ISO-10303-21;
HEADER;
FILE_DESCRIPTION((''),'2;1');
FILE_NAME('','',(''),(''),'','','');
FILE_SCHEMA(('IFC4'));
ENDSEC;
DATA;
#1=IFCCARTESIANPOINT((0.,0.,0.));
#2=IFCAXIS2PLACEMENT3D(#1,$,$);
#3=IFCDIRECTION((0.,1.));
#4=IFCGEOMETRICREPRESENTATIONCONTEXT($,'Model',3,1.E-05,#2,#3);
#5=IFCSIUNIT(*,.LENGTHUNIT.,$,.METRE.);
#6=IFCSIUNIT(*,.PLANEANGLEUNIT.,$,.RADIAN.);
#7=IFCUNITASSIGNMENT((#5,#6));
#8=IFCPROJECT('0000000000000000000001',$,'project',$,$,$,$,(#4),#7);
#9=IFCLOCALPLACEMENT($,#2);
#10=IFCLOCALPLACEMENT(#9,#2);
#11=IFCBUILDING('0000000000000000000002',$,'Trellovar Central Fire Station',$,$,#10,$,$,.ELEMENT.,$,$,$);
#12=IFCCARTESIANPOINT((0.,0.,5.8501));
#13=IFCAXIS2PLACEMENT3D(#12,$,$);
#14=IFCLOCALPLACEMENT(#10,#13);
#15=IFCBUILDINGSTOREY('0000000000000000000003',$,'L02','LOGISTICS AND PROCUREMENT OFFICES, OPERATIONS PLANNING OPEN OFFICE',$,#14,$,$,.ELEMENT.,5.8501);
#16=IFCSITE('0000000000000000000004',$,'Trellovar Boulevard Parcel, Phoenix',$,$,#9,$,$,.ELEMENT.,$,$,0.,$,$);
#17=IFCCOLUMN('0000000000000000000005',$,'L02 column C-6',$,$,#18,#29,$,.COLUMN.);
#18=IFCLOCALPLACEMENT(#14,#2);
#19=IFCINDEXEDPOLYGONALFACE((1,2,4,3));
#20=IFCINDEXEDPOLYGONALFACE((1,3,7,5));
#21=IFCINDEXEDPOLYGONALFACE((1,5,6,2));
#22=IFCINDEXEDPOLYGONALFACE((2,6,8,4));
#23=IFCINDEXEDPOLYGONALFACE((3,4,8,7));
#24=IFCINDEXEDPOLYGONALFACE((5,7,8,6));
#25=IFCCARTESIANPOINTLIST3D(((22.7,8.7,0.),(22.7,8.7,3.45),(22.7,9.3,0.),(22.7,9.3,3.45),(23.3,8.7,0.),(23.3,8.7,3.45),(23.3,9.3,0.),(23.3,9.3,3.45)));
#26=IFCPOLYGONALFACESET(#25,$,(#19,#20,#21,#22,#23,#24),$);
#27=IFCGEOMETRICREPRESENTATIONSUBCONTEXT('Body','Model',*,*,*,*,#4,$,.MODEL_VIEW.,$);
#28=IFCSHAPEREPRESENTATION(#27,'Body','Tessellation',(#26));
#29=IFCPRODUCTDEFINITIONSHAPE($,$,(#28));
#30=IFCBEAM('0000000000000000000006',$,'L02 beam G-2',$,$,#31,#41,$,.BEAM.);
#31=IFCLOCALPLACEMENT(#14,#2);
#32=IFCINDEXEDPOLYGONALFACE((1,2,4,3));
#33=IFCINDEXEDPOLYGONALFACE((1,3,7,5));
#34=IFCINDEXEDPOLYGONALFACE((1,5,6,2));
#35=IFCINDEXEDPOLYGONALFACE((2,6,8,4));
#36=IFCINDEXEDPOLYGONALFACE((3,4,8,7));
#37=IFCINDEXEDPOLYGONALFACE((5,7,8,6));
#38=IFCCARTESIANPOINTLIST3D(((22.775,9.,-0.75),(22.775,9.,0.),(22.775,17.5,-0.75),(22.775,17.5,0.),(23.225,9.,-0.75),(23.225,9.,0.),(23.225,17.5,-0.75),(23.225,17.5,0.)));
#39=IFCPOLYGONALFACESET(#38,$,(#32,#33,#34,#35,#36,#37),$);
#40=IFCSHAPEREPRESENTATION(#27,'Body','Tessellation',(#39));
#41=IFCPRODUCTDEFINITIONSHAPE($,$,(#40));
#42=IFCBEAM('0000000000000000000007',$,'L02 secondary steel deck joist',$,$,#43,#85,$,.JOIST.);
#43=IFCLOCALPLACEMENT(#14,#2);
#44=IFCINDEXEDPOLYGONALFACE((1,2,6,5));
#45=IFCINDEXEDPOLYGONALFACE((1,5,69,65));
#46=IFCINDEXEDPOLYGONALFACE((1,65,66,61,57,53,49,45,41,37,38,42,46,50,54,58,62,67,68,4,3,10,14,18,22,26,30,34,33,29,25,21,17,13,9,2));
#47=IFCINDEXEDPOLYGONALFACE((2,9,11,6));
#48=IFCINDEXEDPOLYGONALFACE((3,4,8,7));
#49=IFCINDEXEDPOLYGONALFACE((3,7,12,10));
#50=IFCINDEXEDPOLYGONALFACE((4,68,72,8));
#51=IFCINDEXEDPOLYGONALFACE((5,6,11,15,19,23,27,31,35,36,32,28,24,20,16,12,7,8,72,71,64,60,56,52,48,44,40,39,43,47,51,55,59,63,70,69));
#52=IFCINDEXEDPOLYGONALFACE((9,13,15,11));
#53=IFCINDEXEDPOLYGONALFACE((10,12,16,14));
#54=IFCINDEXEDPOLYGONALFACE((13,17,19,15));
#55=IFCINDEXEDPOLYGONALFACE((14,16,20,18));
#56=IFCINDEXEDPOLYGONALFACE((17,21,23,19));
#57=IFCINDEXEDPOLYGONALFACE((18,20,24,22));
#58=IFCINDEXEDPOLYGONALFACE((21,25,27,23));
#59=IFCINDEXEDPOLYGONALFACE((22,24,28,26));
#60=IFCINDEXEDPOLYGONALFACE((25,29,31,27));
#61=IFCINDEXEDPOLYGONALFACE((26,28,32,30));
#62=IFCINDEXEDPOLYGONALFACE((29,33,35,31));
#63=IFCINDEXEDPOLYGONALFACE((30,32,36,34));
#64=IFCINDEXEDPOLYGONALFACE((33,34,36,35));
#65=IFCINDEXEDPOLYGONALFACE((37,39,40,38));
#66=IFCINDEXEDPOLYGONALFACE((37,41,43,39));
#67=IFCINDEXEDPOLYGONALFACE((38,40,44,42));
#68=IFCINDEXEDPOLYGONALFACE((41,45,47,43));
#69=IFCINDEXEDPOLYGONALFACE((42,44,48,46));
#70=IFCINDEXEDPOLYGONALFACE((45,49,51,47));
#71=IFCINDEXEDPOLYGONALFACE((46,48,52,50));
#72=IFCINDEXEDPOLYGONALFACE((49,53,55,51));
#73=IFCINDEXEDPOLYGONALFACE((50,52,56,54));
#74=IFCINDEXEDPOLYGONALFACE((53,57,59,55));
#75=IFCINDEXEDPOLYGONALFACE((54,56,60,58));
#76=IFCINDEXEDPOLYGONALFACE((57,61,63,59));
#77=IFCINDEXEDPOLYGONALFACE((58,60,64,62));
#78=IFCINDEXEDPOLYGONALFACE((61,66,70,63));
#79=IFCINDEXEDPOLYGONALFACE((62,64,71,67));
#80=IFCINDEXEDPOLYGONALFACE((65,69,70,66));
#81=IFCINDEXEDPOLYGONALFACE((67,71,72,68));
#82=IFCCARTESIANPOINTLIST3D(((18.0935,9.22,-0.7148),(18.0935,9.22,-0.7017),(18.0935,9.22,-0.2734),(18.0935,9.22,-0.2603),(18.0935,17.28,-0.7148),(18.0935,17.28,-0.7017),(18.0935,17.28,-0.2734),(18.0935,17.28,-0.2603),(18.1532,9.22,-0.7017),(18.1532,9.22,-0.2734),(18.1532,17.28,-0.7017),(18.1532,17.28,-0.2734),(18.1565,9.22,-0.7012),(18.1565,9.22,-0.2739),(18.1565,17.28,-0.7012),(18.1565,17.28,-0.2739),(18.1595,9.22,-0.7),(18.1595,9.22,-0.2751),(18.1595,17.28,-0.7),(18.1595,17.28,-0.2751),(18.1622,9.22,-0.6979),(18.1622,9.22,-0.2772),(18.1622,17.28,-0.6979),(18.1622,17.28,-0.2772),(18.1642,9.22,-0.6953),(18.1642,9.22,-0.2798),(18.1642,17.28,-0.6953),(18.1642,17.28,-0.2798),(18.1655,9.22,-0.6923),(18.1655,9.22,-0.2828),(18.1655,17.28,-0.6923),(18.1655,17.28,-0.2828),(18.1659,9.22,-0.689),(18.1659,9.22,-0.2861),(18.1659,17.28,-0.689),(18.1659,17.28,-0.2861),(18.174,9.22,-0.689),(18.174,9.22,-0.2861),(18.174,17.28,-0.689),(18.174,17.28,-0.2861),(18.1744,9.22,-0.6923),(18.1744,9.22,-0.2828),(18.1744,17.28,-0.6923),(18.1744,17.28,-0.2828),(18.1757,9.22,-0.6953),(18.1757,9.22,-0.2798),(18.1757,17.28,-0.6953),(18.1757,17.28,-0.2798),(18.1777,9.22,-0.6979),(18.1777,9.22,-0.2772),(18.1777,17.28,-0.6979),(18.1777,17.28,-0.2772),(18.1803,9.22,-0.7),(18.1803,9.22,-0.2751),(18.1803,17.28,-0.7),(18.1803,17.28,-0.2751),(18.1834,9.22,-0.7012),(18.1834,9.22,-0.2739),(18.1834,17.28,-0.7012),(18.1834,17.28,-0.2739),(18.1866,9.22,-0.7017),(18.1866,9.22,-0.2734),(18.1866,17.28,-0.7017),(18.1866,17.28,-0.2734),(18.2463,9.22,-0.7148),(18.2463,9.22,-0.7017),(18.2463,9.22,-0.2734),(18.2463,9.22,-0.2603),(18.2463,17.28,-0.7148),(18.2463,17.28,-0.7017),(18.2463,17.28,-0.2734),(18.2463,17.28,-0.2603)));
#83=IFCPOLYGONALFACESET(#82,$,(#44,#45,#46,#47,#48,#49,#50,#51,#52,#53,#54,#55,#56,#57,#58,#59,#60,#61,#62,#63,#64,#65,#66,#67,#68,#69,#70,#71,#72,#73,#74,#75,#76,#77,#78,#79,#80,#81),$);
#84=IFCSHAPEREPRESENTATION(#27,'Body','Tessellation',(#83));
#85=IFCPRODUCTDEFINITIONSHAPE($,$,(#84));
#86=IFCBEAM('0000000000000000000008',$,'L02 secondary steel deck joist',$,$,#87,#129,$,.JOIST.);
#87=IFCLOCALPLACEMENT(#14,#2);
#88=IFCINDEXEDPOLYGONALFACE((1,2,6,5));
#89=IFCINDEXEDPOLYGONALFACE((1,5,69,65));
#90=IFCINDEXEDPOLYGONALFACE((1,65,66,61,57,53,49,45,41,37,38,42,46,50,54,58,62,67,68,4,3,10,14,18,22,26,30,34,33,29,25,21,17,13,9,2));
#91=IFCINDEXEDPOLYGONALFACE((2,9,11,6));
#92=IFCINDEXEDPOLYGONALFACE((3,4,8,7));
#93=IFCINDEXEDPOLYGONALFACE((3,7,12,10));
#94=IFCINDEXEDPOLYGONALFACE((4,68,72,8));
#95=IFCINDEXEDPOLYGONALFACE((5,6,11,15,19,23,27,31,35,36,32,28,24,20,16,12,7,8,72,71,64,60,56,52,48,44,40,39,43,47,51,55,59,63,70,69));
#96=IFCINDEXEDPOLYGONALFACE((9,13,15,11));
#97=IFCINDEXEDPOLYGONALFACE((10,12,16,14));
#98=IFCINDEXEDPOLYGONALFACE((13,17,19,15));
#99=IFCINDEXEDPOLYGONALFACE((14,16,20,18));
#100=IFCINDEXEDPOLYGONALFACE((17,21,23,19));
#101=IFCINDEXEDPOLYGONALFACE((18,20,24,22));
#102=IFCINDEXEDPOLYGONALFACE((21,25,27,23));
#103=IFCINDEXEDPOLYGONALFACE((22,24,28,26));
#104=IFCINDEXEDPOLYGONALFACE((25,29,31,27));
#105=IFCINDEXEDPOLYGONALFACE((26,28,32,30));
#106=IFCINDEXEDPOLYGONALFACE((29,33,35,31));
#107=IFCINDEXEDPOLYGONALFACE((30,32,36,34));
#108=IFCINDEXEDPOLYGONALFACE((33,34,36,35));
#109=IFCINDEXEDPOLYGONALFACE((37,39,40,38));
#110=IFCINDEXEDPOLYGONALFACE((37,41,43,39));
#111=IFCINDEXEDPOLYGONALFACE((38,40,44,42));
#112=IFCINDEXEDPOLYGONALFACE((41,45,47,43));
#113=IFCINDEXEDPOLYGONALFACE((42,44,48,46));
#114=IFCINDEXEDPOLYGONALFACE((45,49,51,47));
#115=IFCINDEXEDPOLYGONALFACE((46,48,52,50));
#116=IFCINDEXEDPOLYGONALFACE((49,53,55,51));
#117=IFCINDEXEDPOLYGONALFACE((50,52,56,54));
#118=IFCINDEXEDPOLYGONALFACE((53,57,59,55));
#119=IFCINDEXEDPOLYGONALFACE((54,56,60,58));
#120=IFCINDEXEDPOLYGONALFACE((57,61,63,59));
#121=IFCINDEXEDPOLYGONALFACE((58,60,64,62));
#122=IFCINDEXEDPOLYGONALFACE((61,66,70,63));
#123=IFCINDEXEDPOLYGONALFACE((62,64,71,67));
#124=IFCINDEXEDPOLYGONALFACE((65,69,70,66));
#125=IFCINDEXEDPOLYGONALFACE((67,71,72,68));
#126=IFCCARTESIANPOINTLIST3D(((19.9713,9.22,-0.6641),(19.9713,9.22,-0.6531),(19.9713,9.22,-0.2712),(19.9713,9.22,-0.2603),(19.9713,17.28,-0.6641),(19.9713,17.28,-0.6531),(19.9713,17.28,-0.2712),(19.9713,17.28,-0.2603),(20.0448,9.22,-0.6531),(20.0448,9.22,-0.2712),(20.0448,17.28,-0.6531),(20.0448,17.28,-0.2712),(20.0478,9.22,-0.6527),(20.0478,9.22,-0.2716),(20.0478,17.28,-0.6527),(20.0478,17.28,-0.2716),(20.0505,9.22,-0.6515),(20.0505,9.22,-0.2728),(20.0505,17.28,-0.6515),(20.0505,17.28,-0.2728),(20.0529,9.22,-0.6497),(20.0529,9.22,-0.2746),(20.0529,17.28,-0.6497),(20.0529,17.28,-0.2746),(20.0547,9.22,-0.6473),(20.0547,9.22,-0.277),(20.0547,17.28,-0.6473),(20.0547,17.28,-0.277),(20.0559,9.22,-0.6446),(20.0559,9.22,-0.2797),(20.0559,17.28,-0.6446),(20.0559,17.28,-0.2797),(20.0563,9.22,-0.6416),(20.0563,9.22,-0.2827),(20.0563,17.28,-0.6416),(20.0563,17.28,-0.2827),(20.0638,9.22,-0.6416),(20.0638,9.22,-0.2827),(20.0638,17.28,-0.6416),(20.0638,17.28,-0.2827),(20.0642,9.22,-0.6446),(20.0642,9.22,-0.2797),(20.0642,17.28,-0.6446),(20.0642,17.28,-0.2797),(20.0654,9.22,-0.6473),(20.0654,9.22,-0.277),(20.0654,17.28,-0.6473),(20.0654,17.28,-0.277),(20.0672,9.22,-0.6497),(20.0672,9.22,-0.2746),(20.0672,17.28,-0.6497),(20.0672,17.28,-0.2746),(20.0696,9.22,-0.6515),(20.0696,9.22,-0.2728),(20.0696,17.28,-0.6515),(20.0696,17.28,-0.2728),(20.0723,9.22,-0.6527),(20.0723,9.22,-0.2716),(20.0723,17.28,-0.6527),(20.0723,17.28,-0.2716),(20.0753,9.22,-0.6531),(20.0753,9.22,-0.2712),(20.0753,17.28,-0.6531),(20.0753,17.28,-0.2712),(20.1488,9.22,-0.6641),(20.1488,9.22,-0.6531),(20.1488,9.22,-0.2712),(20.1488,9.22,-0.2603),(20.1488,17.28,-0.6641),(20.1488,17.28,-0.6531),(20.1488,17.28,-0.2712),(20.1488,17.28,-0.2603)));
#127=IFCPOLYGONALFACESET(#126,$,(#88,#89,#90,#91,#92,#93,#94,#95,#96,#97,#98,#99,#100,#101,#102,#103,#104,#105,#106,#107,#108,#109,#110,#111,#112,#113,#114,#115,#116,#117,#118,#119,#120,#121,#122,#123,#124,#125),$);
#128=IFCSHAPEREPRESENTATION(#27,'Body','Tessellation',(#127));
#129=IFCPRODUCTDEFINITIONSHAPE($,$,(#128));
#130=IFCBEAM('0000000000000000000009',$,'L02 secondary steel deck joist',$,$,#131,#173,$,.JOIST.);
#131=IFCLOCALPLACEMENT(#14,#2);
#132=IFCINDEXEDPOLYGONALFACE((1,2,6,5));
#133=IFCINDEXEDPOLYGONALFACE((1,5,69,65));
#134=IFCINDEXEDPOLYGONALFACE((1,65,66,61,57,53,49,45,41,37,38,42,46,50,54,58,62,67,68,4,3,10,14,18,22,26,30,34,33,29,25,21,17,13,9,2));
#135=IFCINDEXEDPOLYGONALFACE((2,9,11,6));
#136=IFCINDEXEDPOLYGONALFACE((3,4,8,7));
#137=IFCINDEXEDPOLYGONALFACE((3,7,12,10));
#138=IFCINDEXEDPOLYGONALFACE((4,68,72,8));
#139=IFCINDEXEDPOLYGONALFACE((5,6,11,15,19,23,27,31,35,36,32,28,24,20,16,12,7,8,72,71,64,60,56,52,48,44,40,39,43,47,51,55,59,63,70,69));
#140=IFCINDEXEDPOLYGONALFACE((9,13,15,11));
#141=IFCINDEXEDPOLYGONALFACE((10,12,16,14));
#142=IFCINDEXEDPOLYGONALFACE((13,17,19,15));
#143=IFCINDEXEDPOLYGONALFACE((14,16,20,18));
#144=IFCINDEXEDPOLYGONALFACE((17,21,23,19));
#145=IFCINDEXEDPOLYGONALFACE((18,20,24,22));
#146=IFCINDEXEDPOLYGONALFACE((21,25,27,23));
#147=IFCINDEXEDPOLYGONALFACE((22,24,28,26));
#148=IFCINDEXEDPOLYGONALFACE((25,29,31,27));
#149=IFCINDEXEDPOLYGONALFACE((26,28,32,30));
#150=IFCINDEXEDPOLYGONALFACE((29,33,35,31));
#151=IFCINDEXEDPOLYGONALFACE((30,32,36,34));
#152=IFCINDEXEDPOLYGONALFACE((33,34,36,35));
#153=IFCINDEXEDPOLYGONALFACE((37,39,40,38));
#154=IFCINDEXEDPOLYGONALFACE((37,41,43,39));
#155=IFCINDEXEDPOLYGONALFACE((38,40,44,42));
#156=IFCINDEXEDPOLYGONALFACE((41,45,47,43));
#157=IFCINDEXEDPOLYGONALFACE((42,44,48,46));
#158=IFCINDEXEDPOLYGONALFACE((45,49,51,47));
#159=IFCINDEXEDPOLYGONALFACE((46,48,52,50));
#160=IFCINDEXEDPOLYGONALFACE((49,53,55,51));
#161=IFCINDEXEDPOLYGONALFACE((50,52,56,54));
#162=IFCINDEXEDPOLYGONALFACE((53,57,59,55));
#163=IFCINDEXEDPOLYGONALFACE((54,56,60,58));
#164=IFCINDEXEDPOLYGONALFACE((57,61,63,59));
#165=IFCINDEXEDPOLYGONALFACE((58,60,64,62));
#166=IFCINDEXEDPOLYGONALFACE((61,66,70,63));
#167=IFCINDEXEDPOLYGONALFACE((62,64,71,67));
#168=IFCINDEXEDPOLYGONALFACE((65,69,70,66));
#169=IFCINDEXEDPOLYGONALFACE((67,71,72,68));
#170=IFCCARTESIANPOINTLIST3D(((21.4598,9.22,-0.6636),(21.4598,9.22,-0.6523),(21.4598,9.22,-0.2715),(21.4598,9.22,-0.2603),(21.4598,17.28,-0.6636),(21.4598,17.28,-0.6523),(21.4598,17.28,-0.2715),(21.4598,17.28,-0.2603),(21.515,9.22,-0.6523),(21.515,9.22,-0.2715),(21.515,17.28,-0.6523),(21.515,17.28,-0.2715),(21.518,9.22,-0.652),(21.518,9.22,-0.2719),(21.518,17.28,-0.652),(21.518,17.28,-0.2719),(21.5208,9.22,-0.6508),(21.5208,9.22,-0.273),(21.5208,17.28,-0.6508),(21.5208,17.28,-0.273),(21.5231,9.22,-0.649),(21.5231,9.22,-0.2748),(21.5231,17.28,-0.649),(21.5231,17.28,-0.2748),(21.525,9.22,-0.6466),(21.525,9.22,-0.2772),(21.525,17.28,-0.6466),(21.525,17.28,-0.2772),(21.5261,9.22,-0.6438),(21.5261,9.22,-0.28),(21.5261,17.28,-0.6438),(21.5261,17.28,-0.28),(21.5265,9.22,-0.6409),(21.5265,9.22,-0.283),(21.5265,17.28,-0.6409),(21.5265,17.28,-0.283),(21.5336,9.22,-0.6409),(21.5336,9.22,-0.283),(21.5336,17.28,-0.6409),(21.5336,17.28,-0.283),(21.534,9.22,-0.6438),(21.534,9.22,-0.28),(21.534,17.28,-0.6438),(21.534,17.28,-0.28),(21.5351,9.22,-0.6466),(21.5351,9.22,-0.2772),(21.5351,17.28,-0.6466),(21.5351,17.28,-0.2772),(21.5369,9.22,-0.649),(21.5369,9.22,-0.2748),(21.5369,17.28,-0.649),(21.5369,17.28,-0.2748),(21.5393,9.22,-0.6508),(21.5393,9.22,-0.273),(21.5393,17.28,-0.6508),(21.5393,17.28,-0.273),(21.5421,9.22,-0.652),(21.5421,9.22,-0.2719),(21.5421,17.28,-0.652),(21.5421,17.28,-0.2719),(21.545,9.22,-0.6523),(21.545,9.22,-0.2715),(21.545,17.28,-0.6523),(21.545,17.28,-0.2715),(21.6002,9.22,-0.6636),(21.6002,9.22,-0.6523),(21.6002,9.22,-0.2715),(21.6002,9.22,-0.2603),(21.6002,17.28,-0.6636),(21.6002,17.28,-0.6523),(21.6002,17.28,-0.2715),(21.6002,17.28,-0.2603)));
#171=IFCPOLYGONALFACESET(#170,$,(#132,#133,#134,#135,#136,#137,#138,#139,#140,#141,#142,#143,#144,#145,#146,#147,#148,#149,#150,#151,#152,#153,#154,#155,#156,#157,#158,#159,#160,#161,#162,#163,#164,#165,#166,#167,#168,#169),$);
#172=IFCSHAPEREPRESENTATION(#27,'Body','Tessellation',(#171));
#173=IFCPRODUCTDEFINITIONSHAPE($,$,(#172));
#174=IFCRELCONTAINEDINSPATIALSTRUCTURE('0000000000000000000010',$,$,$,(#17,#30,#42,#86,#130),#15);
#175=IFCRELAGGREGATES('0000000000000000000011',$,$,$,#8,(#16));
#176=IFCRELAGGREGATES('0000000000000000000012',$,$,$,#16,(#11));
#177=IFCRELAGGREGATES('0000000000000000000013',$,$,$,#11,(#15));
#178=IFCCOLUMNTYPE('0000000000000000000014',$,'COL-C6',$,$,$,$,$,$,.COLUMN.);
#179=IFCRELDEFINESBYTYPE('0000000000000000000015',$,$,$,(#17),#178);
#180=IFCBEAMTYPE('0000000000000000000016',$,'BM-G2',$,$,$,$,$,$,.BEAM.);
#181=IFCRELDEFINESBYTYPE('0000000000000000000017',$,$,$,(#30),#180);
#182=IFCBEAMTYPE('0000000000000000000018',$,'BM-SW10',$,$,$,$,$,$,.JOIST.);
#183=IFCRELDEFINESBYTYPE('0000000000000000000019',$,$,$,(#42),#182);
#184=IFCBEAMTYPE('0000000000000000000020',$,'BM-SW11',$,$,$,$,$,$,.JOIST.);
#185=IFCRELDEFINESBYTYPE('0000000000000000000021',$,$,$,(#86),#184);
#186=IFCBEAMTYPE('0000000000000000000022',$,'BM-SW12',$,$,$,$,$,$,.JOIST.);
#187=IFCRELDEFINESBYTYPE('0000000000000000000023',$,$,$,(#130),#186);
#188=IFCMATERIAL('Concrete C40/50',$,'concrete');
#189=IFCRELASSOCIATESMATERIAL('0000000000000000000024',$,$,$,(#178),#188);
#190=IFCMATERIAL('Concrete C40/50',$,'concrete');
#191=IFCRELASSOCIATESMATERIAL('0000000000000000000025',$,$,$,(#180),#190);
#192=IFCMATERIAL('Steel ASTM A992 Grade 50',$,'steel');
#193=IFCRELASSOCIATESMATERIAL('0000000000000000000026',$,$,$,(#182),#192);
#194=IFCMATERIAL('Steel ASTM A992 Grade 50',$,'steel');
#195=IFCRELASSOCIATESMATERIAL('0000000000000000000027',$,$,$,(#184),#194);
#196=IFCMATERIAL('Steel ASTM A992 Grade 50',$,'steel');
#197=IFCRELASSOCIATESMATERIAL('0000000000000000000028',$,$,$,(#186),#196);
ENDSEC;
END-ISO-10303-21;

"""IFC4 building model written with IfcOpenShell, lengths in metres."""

from ifc_helpers import new_model, si_unit, direction, frame, origin, origin_2d, place, context, subcontext, project, spatial, rectangle, i_section, extrude, material, material_profile, profile_set, type_object, element, save


model = new_model("IFC4")

# Units and contexts
model_context = context("Model", 3, precision=1e-05, world=origin(), true_north=direction((0.0, 1.0)))
body_context = subcontext(model_context, "Body", "Model", "MODEL_VIEW")
ifc_project = project(units=[si_unit("LENGTHUNIT", "METRE"), si_unit("PLANEANGLEUNIT", "RADIAN")], contexts=[model_context])

# Site, building, storey
site_placement = place(None, origin())
site = spatial("IfcSite", under=ifc_project, at=site_placement, Name="Trellovar Boulevard Parcel, Phoenix", CompositionType="ELEMENT", RefElevation=0.0)
building_placement = place(site_placement, origin())
building = spatial("IfcBuilding", under=site, at=building_placement, Name="Trellovar Central Fire Station", CompositionType="ELEMENT")
storey_placement = place(building_placement, frame((0.0, 0.0, 5.8501)))
storey = spatial("IfcBuildingStorey", under=building, at=storey_placement, Name="L02", Description="LOGISTICS AND PROCUREMENT OFFICES, OPERATIONS PLANNING OPEN OFFICE", CompositionType="ELEMENT", Elevation=5.8501)

# Column
ifc_material_1 = material(Name="Concrete C40/50", Category="concrete")
ifc_material_profile_1 = material_profile(ifc_material_1, rectangle(XDim=0.6001, YDim=0.6001, at=origin_2d()), Name="RC600X600")
ifc_profile_set_1 = profile_set([ifc_material_profile_1], Name="Concrete C40/50")
column_type = type_object("IfcColumnType", Name="COL-C6", PredefinedType="COLUMN", material=ifc_profile_set_1)
column_placement = place(storey_placement, frame((23.0, 9.0, 0.0), z_axis=(0.0, 0.0, 1.0), x_axis=(1.0, 0.0, 0.0)))
element("IfcColumn", 1, at=column_placement, inside=storey, type_object=column_type, Name="L02 column C-6", PredefinedType="COLUMN", context=body_context, shape_type="SweptSolid", body=[
    extrude(rectangle(XDim=0.6001, YDim=0.6001, at=origin_2d()), origin(), (0.0, 0.0, 1.0), 3.45),
])

# Beams
ifc_material_2 = material(Name="Concrete C40/50", Category="concrete")
ifc_material_profile_2 = material_profile(ifc_material_2, rectangle(XDim=0.45, YDim=0.75, at=origin_2d()), Name="RC450X750")
ifc_profile_set_2 = profile_set([ifc_material_profile_2], Name="Concrete C40/50")
beam_type_1 = type_object("IfcBeamType", Name="BM-G2", PredefinedType="BEAM", material=ifc_profile_set_2)
beam_1_placement = place(storey_placement, frame((23.0, 9.0, -0.375), z_axis=(0.0, 1.0, 0.0), x_axis=(-1.0, 0.0, 0.0)))
element("IfcBeam", 2, at=beam_1_placement, inside=storey, type_object=beam_type_1, Name="L02 beam G-2", PredefinedType="BEAM", context=body_context, shape_type="SweptSolid", body=[
    extrude(rectangle(XDim=0.45, YDim=0.75, at=origin_2d()), origin(), (0.0, 0.0, 1.0), 8.5),
])
ifc_material_3 = material(Name="Steel ASTM A992 Grade 50", Category="steel")
ifc_material_profile_3 = material_profile(ifc_material_3, i_section(OverallWidth=0.1528, OverallDepth=0.4546, WebThickness=0.0081, FlangeThickness=0.0132, FilletRadius=0.0127, at=origin_2d()), Name="W18X40")
ifc_profile_set_3 = profile_set([ifc_material_profile_3], Name="Steel ASTM A992 Grade 50")
beam_type_2 = type_object("IfcBeamType", Name="BM-SW10", PredefinedType="JOIST", material=ifc_profile_set_3)
beam_2_placement = place(storey_placement, frame((18.1699, 9.22, -0.4875), z_axis=(0.0, 1.0, 0.0), x_axis=(-1.0, 0.0, 0.0)))
element("IfcBeam", 3, at=beam_2_placement, inside=storey, type_object=beam_type_2, Name="L02 secondary steel deck joist", PredefinedType="JOIST", context=body_context, shape_type="SweptSolid", body=[
    extrude(i_section(OverallWidth=0.1528, OverallDepth=0.4546, WebThickness=0.0081, FlangeThickness=0.0132, FilletRadius=0.0127, at=origin_2d()), origin(), (0.0, 0.0, 1.0), 8.0601),
])
ifc_material_4 = material(Name="Steel ASTM A992 Grade 50", Category="steel")
ifc_material_profile_4 = material_profile(ifc_material_4, i_section(OverallWidth=0.1775, OverallDepth=0.4038, WebThickness=0.0076, FlangeThickness=0.011, FilletRadius=0.0115, at=origin_2d()), Name="W16X36")
ifc_profile_set_4 = profile_set([ifc_material_profile_4], Name="Steel ASTM A992 Grade 50")
beam_type_3 = type_object("IfcBeamType", Name="BM-SW11", PredefinedType="JOIST", material=ifc_profile_set_4)
beam_3_placement = place(storey_placement, frame((20.0601, 9.22, -0.4622), z_axis=(0.0, 1.0, 0.0), x_axis=(-1.0, 0.0, 0.0)))
element("IfcBeam", 4, at=beam_3_placement, inside=storey, type_object=beam_type_3, Name="L02 secondary steel deck joist", PredefinedType="JOIST", context=body_context, shape_type="SweptSolid", body=[
    extrude(i_section(OverallWidth=0.1775, OverallDepth=0.4038, WebThickness=0.0076, FlangeThickness=0.011, FilletRadius=0.0115, at=origin_2d()), origin(), (0.0, 0.0, 1.0), 8.0601),
])
ifc_material_5 = material(Name="Steel ASTM A992 Grade 50", Category="steel")
ifc_material_profile_5 = material_profile(ifc_material_5, i_section(OverallWidth=0.1404, OverallDepth=0.4033, WebThickness=0.0071, FlangeThickness=0.0112, FilletRadius=0.0115, at=origin_2d()), Name="W16X31")
ifc_profile_set_5 = profile_set([ifc_material_profile_5], Name="Steel ASTM A992 Grade 50")
beam_type_4 = type_object("IfcBeamType", Name="BM-SW12", PredefinedType="JOIST", material=ifc_profile_set_5)
beam_4_placement = place(storey_placement, frame((21.53, 9.22, -0.4619), z_axis=(0.0, 1.0, 0.0), x_axis=(-1.0, 0.0, 0.0)))
element("IfcBeam", 5, at=beam_4_placement, inside=storey, type_object=beam_type_4, Name="L02 secondary steel deck joist", PredefinedType="JOIST", context=body_context, shape_type="SweptSolid", body=[
    extrude(i_section(OverallWidth=0.1404, OverallDepth=0.4033, WebThickness=0.0071, FlangeThickness=0.0112, FilletRadius=0.0115, at=origin_2d()), origin(), (0.0, 0.0, 1.0), 8.0601),
])

save(model, "model.ifc")
